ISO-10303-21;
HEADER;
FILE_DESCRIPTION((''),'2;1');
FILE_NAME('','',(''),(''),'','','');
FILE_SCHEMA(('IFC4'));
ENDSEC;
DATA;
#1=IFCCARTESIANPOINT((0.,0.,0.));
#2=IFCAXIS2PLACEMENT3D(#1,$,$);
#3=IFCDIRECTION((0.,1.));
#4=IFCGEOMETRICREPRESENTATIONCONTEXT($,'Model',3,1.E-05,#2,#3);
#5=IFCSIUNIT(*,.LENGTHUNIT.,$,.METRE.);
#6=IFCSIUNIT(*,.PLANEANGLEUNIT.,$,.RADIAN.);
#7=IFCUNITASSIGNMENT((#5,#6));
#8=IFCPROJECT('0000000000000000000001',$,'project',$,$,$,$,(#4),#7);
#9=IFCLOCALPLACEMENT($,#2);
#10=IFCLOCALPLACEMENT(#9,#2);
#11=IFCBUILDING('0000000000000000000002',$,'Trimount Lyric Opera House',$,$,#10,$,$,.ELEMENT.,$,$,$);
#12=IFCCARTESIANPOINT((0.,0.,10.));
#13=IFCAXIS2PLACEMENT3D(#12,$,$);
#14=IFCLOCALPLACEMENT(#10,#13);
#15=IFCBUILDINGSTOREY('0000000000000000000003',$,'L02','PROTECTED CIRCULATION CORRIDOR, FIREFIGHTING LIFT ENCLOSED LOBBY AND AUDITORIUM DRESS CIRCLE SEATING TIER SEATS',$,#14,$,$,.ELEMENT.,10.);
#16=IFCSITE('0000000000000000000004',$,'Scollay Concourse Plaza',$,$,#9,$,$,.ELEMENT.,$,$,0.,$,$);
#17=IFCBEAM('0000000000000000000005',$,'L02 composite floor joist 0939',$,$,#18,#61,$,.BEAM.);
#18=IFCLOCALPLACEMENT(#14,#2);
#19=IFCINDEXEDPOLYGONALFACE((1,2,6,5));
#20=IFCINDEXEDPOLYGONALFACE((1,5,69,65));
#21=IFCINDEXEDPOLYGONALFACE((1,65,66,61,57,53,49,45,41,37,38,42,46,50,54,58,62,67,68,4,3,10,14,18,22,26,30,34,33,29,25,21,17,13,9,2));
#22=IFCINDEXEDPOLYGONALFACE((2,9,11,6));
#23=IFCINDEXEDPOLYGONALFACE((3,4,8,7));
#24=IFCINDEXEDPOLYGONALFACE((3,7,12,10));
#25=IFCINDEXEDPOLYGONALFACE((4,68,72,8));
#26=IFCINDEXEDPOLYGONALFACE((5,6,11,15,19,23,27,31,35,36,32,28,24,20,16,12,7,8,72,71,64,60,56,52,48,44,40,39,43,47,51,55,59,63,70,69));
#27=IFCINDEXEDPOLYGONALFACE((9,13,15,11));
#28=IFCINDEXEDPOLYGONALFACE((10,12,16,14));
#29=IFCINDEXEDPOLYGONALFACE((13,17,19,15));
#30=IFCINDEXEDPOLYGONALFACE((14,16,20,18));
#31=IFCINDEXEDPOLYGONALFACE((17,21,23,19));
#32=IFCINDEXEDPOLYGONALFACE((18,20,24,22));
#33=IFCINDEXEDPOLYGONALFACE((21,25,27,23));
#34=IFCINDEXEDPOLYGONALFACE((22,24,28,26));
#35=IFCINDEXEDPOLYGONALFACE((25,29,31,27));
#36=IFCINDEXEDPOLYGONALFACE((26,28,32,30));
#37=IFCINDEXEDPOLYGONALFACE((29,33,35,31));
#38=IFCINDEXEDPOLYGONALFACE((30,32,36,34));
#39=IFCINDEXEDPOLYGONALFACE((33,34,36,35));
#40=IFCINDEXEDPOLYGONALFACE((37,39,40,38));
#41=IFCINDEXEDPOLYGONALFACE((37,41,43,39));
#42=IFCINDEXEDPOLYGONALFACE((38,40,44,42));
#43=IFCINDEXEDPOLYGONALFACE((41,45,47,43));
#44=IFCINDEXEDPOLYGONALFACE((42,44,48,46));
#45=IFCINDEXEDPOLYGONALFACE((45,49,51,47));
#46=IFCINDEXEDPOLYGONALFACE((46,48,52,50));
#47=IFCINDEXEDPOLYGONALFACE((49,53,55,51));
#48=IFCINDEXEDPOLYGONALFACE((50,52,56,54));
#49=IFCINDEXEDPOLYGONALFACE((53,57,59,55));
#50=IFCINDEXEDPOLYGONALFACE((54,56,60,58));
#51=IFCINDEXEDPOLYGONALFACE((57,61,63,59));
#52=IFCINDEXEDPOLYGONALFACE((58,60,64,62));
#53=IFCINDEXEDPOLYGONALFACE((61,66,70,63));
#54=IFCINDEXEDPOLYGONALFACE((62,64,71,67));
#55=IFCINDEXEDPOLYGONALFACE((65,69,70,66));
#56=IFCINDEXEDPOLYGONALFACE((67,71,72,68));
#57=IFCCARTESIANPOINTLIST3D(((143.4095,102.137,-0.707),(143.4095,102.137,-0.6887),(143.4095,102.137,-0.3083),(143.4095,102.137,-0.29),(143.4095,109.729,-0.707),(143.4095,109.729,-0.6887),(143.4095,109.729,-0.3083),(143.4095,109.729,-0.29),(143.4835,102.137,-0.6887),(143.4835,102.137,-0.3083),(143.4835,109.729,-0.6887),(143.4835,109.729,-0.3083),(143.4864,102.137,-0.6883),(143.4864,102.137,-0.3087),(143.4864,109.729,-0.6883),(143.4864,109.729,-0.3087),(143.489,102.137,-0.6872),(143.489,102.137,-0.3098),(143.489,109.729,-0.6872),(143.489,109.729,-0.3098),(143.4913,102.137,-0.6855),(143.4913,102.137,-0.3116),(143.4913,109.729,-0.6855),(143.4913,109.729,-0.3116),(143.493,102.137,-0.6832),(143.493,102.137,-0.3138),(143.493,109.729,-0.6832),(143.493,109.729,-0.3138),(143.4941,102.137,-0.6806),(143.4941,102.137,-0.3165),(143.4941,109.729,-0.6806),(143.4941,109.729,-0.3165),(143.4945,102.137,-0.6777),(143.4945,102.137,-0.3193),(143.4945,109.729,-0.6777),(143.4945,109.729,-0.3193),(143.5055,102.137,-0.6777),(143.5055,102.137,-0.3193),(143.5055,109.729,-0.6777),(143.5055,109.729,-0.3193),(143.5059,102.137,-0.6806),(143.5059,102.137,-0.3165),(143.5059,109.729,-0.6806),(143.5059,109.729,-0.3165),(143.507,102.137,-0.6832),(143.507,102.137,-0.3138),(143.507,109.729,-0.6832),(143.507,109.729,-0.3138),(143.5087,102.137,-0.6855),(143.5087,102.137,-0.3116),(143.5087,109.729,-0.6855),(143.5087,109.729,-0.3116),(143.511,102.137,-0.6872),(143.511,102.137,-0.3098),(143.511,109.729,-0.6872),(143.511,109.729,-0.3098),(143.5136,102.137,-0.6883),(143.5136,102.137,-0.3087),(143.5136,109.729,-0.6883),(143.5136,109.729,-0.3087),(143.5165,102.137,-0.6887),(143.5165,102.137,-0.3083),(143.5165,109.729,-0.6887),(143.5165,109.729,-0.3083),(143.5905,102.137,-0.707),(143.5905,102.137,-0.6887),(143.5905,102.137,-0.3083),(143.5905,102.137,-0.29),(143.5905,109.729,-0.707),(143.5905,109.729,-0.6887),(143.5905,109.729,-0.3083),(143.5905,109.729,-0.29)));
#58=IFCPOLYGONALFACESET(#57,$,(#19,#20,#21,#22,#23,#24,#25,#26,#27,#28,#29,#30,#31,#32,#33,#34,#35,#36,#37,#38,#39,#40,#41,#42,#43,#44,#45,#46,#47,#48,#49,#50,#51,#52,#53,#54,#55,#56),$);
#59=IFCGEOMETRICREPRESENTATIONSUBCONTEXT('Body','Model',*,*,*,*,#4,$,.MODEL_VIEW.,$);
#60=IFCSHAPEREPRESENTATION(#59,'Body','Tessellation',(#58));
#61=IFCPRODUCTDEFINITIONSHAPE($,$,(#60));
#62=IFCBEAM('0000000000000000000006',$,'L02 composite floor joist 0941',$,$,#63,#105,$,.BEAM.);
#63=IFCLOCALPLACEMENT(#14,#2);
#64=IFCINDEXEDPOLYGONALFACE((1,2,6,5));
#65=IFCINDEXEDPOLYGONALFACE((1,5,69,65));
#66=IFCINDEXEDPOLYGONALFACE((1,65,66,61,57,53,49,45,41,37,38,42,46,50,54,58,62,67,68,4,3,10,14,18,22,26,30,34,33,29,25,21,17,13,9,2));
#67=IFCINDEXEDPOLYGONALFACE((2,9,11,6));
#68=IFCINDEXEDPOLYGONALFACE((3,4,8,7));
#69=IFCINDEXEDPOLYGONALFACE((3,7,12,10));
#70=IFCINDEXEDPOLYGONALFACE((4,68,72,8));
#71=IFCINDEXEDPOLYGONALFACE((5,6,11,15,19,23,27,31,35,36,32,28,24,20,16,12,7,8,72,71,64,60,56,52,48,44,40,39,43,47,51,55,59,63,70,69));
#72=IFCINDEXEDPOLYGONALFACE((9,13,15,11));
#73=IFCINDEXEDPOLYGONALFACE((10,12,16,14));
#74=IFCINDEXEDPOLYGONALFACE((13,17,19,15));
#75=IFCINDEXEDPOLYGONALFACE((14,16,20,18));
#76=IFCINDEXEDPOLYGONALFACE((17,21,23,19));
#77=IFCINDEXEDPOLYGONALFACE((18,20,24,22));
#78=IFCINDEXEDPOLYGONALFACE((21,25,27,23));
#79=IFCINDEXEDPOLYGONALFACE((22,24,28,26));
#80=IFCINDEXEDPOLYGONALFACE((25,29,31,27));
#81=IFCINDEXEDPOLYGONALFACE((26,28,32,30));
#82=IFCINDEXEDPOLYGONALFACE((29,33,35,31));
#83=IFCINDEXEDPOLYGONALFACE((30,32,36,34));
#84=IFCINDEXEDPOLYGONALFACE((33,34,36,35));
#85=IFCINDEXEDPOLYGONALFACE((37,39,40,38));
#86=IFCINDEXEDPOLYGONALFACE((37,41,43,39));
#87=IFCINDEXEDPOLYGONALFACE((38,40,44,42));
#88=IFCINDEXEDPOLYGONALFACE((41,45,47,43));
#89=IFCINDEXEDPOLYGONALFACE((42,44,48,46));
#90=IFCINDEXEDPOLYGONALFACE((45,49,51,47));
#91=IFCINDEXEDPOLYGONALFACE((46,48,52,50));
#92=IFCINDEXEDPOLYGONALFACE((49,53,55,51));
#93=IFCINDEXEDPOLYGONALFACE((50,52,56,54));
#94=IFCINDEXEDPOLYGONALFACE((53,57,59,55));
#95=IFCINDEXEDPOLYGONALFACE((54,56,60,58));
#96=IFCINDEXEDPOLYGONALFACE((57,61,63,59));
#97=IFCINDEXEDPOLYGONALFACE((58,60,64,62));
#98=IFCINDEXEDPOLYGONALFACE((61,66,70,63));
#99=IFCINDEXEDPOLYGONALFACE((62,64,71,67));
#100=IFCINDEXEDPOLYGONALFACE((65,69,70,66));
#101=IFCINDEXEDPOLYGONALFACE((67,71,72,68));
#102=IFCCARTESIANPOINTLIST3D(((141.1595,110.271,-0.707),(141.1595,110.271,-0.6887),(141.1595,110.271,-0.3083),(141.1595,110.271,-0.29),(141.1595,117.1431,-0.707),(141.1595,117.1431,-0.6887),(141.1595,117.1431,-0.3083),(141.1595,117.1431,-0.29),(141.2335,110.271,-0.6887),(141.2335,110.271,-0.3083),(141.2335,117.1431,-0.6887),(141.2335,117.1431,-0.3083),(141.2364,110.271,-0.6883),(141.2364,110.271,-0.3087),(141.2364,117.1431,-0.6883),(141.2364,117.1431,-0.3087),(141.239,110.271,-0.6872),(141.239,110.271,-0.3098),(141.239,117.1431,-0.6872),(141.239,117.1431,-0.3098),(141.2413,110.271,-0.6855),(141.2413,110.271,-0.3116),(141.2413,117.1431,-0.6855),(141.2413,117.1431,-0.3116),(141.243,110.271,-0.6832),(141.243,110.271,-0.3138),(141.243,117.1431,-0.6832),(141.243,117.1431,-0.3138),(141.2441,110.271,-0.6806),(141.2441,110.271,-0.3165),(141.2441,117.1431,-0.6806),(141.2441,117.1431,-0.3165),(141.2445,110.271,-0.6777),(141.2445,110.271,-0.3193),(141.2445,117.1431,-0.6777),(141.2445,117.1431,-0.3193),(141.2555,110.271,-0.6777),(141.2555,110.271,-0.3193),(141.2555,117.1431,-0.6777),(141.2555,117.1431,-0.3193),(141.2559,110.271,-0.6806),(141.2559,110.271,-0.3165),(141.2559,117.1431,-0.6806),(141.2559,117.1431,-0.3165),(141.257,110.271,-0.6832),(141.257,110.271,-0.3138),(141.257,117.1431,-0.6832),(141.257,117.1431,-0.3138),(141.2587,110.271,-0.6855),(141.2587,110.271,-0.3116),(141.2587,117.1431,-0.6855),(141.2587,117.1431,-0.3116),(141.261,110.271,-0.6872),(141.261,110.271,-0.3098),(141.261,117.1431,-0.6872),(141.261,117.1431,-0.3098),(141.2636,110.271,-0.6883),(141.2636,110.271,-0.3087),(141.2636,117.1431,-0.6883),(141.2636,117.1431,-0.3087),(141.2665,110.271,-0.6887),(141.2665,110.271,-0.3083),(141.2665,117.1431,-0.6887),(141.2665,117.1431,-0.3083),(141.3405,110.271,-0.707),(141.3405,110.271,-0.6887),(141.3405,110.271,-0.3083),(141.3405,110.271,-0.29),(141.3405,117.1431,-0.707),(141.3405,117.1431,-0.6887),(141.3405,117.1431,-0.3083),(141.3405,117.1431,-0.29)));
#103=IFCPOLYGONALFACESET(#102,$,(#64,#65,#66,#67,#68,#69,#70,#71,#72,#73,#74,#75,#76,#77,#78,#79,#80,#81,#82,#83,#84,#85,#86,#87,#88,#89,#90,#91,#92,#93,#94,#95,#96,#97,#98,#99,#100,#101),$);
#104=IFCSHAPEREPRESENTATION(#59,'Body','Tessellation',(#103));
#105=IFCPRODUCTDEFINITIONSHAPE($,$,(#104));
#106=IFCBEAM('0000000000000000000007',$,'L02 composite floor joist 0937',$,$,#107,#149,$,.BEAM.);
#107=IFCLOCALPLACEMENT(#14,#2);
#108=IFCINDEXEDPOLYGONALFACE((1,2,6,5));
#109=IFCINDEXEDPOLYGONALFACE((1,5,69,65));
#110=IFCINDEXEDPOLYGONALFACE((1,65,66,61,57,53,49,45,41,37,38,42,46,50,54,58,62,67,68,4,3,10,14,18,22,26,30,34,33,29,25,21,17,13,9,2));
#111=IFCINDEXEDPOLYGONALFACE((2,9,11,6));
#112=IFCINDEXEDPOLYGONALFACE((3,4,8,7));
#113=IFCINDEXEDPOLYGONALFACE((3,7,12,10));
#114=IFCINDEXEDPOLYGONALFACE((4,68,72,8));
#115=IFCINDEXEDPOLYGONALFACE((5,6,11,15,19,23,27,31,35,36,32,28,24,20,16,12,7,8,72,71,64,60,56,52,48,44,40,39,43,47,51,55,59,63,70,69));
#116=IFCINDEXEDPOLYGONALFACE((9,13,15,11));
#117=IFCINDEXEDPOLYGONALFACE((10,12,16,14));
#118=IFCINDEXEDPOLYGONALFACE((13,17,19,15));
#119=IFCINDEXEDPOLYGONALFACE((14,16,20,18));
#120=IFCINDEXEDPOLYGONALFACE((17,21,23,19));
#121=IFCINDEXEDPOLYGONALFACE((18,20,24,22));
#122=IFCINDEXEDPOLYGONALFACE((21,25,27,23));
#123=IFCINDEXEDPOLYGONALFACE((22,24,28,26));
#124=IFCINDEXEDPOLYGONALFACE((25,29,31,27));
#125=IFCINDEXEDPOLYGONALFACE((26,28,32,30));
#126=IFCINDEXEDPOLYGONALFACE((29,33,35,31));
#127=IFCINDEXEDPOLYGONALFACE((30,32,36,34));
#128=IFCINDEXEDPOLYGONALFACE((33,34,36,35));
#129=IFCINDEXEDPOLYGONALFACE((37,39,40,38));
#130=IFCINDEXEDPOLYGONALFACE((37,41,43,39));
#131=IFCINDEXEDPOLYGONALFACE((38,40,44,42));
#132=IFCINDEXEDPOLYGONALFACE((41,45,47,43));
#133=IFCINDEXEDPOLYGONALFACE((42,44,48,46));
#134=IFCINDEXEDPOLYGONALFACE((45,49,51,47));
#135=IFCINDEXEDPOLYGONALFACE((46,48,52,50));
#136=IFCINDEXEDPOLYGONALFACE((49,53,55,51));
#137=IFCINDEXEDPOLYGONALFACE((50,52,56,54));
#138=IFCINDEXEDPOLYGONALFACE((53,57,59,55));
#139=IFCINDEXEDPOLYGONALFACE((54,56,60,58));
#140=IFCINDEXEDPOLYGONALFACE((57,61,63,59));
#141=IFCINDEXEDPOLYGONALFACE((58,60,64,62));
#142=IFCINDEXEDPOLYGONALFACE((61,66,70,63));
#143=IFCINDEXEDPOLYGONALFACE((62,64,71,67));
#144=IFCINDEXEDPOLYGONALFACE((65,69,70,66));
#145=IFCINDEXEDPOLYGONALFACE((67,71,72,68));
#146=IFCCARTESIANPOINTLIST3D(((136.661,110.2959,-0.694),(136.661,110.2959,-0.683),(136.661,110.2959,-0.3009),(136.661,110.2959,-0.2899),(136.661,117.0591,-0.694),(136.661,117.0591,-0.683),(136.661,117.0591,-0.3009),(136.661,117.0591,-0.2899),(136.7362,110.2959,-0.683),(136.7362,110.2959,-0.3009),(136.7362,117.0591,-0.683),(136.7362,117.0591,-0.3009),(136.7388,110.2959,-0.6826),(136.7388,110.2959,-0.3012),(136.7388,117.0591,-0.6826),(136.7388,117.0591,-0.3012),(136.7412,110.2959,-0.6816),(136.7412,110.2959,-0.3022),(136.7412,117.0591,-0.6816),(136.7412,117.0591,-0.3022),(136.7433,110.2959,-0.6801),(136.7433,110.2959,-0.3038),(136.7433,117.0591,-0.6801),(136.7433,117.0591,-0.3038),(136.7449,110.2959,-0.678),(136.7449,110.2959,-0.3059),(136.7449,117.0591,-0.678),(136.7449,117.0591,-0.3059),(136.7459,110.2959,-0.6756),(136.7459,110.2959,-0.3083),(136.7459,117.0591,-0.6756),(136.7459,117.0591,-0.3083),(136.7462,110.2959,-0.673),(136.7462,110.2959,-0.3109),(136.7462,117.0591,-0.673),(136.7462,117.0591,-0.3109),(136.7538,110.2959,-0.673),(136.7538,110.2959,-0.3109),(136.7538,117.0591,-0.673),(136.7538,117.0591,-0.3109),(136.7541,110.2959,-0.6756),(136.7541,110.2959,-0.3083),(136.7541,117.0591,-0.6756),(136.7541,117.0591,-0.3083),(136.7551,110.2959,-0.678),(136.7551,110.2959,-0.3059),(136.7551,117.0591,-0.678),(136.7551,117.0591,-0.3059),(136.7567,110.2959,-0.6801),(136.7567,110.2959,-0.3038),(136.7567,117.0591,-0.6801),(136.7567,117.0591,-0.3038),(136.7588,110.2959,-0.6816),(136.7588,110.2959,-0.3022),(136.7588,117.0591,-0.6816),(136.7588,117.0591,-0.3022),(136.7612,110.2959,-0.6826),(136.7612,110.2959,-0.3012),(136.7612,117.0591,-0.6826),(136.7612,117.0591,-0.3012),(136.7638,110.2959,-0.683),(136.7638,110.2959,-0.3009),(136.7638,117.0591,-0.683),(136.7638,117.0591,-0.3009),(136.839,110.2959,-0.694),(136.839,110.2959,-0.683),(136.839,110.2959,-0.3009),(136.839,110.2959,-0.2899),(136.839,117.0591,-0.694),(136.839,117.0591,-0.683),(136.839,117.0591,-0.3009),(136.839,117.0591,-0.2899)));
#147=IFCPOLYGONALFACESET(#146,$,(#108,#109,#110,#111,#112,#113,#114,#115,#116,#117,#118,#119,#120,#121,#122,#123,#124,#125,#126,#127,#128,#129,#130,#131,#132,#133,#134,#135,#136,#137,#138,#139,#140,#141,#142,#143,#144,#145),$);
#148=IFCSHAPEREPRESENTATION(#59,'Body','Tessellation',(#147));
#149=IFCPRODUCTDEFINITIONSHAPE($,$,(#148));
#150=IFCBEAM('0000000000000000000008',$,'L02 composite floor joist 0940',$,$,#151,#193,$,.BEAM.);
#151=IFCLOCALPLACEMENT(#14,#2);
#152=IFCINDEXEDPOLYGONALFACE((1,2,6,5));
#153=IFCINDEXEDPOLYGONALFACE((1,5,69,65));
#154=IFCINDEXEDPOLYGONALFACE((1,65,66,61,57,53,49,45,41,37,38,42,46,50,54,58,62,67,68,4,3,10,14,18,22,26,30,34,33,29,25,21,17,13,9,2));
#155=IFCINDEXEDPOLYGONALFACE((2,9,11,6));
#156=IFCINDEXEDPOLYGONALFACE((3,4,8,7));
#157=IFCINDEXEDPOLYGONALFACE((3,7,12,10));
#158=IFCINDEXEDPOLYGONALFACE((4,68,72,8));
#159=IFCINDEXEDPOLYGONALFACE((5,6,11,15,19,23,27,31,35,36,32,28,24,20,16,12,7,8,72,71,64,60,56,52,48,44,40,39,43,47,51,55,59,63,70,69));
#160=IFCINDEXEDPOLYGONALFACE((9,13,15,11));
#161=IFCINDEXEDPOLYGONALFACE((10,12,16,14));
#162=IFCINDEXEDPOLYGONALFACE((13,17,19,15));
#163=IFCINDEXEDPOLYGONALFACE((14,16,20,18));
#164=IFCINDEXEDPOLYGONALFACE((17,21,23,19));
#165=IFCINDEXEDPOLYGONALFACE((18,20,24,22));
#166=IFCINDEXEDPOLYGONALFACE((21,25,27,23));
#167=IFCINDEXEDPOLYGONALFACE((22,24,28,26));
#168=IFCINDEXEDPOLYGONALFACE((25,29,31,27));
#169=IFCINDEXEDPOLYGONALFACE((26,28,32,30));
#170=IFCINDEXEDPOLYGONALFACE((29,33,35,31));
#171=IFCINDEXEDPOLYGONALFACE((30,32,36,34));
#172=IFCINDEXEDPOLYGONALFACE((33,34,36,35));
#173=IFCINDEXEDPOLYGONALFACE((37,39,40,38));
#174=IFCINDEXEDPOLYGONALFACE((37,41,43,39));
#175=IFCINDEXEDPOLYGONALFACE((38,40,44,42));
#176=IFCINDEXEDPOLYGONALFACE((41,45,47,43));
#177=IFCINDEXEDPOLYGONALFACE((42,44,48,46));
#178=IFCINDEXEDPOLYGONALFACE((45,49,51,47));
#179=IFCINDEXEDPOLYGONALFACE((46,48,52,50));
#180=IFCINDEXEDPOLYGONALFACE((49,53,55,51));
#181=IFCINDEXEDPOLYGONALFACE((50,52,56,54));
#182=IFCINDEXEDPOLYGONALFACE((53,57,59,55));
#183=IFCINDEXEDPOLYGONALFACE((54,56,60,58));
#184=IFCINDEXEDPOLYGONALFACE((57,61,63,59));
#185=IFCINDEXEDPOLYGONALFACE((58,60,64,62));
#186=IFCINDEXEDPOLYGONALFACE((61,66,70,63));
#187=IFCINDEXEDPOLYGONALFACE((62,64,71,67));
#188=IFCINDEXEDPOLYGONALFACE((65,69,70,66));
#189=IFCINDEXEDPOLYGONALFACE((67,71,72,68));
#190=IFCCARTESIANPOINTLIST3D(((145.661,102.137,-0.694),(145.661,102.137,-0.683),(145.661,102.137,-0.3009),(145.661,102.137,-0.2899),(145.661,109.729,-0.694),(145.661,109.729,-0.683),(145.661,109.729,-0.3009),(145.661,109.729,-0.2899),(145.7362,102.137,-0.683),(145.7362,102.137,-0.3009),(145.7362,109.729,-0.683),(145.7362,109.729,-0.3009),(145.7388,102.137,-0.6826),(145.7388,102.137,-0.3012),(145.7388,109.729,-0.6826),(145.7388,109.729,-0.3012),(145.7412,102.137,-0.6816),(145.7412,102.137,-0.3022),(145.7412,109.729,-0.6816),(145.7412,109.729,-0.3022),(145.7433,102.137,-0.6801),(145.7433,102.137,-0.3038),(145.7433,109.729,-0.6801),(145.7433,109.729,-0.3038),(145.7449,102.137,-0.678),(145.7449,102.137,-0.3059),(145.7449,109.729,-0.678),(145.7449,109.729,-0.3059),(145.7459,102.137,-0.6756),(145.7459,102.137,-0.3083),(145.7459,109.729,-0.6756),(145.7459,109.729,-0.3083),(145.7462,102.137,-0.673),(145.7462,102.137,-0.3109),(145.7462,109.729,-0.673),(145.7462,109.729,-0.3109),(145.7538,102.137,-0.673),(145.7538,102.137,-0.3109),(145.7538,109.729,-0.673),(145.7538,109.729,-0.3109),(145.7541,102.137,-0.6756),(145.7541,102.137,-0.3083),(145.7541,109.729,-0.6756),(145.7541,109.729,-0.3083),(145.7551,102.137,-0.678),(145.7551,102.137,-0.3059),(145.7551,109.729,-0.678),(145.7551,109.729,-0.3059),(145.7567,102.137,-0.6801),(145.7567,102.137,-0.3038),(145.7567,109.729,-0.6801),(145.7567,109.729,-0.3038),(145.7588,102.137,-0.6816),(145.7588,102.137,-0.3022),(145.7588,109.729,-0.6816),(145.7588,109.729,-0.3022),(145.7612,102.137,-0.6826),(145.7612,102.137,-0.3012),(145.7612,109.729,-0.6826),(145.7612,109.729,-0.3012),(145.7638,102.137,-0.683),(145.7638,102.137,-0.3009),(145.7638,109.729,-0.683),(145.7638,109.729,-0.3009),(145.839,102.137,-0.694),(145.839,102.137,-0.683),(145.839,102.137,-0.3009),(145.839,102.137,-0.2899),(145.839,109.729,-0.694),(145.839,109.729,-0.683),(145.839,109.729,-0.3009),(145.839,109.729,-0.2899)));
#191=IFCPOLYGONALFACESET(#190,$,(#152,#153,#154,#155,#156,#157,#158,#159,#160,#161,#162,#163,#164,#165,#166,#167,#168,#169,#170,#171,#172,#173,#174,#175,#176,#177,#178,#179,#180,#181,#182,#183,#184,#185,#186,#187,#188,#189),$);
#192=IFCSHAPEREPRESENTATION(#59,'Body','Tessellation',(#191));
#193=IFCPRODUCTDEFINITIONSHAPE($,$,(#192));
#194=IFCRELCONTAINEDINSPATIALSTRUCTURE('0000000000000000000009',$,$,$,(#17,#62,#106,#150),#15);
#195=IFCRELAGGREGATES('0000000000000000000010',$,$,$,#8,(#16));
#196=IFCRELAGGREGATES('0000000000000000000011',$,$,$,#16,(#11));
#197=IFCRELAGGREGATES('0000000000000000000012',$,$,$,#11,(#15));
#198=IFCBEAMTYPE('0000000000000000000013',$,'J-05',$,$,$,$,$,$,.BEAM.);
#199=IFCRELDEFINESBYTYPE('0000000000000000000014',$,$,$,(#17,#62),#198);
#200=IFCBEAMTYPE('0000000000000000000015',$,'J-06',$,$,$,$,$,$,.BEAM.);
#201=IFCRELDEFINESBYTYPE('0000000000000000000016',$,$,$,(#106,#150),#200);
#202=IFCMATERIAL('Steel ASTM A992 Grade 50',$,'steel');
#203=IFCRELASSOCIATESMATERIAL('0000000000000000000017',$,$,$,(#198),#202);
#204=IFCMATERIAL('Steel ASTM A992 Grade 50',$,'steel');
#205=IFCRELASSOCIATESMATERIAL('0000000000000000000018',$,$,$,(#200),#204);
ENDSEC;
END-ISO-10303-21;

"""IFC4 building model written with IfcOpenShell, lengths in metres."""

from ifc_helpers import new_model, si_unit, direction, frame, origin, origin_2d, place, context, subcontext, project, spatial, i_section, extrude, material, material_profile, profile_set, type_object, element, save


model = new_model("IFC4")

# Units and contexts
model_context = context("Model", 3, precision=1e-05, world=origin(), true_north=direction((0.0, 1.0)))
body_context = subcontext(model_context, "Body", "Model", "MODEL_VIEW")
ifc_project = project(units=[si_unit("LENGTHUNIT", "METRE"), si_unit("PLANEANGLEUNIT", "RADIAN")], contexts=[model_context])

# Site, building, storey
site_placement = place(None, origin())
site = spatial("IfcSite", under=ifc_project, at=site_placement, Name="Scollay Concourse Plaza", CompositionType="ELEMENT", RefElevation=0.0)
building_placement = place(site_placement, origin())
building = spatial("IfcBuilding", under=site, at=building_placement, Name="Trimount Lyric Opera House", CompositionType="ELEMENT")
storey_placement = place(building_placement, frame((0.0, 0.0, 10.0)))
storey = spatial("IfcBuildingStorey", under=building, at=storey_placement, Name="L02", Description="PROTECTED CIRCULATION CORRIDOR, FIREFIGHTING LIFT ENCLOSED LOBBY AND AUDITORIUM DRESS CIRCLE SEATING TIER SEATS", CompositionType="ELEMENT", Elevation=10.0)

# Beams
ifc_material_1 = material(Name="Steel ASTM A992 Grade 50", Category="steel")
ifc_material_profile_1 = material_profile(ifc_material_1, i_section(OverallWidth=0.1809, OverallDepth=0.417, WebThickness=0.011, FlangeThickness=0.0183, FilletRadius=0.011, at=origin_2d()), Name="W16X57")
ifc_profile_set_1 = profile_set([ifc_material_profile_1], Name="Steel ASTM A992 Grade 50")
beam_type_1 = type_object("IfcBeamType", Name="J-05", PredefinedType="BEAM", material=ifc_profile_set_1)
beam_1_placement = place(storey_placement, frame((143.5, 102.137, -0.4985), z_axis=(0.0, 1.0, 0.0), x_axis=(-1.0, 0.0, 0.0)))
element("IfcBeam", 1, at=beam_1_placement, inside=storey, type_object=beam_type_1, Name="L02 composite floor joist 0939", PredefinedType="BEAM", context=body_context, shape_type="SweptSolid", body=[
    extrude(i_section(OverallWidth=0.1809, OverallDepth=0.417, WebThickness=0.011, FlangeThickness=0.0183, FilletRadius=0.011, at=origin_2d()), origin(), (0.0, 0.0, 1.0), 7.592),
])
beam_2_placement = place(storey_placement, frame((141.25, 110.271, -0.4985), z_axis=(0.0, 1.0, 0.0), x_axis=(-1.0, 0.0, 0.0)))
element("IfcBeam", 2, at=beam_2_placement, inside=storey, type_object=beam_type_1, Name="L02 composite floor joist 0941", PredefinedType="BEAM", context=body_context, shape_type="SweptSolid", body=[
    extrude(i_section(OverallWidth=0.1809, OverallDepth=0.417, WebThickness=0.011, FlangeThickness=0.0183, FilletRadius=0.011, at=origin_2d()), origin(), (0.0, 0.0, 1.0), 6.8721),
])
ifc_material_2 = material(Name="Steel ASTM A992 Grade 50", Category="steel")
ifc_material_profile_2 = material_profile(ifc_material_2, i_section(OverallWidth=0.178, OverallDepth=0.4041, WebThickness=0.0076, FlangeThickness=0.011, FilletRadius=0.01, at=origin_2d()), Name="W16X36")
ifc_profile_set_2 = profile_set([ifc_material_profile_2], Name="Steel ASTM A992 Grade 50")
beam_type_2 = type_object("IfcBeamType", Name="J-06", PredefinedType="BEAM", material=ifc_profile_set_2)
beam_3_placement = place(storey_placement, frame((136.75, 110.2959, -0.4919), z_axis=(0.0, 1.0, 0.0), x_axis=(-1.0, 0.0, 0.0)))
element("IfcBeam", 3, at=beam_3_placement, inside=storey, type_object=beam_type_2, Name="L02 composite floor joist 0937", PredefinedType="BEAM", context=body_context, shape_type="SweptSolid", body=[
    extrude(i_section(OverallWidth=0.178, OverallDepth=0.4041, WebThickness=0.0076, FlangeThickness=0.011, FilletRadius=0.01, at=origin_2d()), origin(), (0.0, 0.0, 1.0), 6.7632),
])
beam_4_placement = place(storey_placement, frame((145.75, 102.137, -0.4919), z_axis=(0.0, 1.0, 0.0), x_axis=(-1.0, 0.0, 0.0)))
element("IfcBeam", 4, at=beam_4_placement, inside=storey, type_object=beam_type_2, Name="L02 composite floor joist 0940", PredefinedType="BEAM", context=body_context, shape_type="SweptSolid", body=[
    extrude(i_section(OverallWidth=0.178, OverallDepth=0.4041, WebThickness=0.0076, FlangeThickness=0.011, FilletRadius=0.01, at=origin_2d()), origin(), (0.0, 0.0, 1.0), 7.592),
])

save(model, "model.ifc")
